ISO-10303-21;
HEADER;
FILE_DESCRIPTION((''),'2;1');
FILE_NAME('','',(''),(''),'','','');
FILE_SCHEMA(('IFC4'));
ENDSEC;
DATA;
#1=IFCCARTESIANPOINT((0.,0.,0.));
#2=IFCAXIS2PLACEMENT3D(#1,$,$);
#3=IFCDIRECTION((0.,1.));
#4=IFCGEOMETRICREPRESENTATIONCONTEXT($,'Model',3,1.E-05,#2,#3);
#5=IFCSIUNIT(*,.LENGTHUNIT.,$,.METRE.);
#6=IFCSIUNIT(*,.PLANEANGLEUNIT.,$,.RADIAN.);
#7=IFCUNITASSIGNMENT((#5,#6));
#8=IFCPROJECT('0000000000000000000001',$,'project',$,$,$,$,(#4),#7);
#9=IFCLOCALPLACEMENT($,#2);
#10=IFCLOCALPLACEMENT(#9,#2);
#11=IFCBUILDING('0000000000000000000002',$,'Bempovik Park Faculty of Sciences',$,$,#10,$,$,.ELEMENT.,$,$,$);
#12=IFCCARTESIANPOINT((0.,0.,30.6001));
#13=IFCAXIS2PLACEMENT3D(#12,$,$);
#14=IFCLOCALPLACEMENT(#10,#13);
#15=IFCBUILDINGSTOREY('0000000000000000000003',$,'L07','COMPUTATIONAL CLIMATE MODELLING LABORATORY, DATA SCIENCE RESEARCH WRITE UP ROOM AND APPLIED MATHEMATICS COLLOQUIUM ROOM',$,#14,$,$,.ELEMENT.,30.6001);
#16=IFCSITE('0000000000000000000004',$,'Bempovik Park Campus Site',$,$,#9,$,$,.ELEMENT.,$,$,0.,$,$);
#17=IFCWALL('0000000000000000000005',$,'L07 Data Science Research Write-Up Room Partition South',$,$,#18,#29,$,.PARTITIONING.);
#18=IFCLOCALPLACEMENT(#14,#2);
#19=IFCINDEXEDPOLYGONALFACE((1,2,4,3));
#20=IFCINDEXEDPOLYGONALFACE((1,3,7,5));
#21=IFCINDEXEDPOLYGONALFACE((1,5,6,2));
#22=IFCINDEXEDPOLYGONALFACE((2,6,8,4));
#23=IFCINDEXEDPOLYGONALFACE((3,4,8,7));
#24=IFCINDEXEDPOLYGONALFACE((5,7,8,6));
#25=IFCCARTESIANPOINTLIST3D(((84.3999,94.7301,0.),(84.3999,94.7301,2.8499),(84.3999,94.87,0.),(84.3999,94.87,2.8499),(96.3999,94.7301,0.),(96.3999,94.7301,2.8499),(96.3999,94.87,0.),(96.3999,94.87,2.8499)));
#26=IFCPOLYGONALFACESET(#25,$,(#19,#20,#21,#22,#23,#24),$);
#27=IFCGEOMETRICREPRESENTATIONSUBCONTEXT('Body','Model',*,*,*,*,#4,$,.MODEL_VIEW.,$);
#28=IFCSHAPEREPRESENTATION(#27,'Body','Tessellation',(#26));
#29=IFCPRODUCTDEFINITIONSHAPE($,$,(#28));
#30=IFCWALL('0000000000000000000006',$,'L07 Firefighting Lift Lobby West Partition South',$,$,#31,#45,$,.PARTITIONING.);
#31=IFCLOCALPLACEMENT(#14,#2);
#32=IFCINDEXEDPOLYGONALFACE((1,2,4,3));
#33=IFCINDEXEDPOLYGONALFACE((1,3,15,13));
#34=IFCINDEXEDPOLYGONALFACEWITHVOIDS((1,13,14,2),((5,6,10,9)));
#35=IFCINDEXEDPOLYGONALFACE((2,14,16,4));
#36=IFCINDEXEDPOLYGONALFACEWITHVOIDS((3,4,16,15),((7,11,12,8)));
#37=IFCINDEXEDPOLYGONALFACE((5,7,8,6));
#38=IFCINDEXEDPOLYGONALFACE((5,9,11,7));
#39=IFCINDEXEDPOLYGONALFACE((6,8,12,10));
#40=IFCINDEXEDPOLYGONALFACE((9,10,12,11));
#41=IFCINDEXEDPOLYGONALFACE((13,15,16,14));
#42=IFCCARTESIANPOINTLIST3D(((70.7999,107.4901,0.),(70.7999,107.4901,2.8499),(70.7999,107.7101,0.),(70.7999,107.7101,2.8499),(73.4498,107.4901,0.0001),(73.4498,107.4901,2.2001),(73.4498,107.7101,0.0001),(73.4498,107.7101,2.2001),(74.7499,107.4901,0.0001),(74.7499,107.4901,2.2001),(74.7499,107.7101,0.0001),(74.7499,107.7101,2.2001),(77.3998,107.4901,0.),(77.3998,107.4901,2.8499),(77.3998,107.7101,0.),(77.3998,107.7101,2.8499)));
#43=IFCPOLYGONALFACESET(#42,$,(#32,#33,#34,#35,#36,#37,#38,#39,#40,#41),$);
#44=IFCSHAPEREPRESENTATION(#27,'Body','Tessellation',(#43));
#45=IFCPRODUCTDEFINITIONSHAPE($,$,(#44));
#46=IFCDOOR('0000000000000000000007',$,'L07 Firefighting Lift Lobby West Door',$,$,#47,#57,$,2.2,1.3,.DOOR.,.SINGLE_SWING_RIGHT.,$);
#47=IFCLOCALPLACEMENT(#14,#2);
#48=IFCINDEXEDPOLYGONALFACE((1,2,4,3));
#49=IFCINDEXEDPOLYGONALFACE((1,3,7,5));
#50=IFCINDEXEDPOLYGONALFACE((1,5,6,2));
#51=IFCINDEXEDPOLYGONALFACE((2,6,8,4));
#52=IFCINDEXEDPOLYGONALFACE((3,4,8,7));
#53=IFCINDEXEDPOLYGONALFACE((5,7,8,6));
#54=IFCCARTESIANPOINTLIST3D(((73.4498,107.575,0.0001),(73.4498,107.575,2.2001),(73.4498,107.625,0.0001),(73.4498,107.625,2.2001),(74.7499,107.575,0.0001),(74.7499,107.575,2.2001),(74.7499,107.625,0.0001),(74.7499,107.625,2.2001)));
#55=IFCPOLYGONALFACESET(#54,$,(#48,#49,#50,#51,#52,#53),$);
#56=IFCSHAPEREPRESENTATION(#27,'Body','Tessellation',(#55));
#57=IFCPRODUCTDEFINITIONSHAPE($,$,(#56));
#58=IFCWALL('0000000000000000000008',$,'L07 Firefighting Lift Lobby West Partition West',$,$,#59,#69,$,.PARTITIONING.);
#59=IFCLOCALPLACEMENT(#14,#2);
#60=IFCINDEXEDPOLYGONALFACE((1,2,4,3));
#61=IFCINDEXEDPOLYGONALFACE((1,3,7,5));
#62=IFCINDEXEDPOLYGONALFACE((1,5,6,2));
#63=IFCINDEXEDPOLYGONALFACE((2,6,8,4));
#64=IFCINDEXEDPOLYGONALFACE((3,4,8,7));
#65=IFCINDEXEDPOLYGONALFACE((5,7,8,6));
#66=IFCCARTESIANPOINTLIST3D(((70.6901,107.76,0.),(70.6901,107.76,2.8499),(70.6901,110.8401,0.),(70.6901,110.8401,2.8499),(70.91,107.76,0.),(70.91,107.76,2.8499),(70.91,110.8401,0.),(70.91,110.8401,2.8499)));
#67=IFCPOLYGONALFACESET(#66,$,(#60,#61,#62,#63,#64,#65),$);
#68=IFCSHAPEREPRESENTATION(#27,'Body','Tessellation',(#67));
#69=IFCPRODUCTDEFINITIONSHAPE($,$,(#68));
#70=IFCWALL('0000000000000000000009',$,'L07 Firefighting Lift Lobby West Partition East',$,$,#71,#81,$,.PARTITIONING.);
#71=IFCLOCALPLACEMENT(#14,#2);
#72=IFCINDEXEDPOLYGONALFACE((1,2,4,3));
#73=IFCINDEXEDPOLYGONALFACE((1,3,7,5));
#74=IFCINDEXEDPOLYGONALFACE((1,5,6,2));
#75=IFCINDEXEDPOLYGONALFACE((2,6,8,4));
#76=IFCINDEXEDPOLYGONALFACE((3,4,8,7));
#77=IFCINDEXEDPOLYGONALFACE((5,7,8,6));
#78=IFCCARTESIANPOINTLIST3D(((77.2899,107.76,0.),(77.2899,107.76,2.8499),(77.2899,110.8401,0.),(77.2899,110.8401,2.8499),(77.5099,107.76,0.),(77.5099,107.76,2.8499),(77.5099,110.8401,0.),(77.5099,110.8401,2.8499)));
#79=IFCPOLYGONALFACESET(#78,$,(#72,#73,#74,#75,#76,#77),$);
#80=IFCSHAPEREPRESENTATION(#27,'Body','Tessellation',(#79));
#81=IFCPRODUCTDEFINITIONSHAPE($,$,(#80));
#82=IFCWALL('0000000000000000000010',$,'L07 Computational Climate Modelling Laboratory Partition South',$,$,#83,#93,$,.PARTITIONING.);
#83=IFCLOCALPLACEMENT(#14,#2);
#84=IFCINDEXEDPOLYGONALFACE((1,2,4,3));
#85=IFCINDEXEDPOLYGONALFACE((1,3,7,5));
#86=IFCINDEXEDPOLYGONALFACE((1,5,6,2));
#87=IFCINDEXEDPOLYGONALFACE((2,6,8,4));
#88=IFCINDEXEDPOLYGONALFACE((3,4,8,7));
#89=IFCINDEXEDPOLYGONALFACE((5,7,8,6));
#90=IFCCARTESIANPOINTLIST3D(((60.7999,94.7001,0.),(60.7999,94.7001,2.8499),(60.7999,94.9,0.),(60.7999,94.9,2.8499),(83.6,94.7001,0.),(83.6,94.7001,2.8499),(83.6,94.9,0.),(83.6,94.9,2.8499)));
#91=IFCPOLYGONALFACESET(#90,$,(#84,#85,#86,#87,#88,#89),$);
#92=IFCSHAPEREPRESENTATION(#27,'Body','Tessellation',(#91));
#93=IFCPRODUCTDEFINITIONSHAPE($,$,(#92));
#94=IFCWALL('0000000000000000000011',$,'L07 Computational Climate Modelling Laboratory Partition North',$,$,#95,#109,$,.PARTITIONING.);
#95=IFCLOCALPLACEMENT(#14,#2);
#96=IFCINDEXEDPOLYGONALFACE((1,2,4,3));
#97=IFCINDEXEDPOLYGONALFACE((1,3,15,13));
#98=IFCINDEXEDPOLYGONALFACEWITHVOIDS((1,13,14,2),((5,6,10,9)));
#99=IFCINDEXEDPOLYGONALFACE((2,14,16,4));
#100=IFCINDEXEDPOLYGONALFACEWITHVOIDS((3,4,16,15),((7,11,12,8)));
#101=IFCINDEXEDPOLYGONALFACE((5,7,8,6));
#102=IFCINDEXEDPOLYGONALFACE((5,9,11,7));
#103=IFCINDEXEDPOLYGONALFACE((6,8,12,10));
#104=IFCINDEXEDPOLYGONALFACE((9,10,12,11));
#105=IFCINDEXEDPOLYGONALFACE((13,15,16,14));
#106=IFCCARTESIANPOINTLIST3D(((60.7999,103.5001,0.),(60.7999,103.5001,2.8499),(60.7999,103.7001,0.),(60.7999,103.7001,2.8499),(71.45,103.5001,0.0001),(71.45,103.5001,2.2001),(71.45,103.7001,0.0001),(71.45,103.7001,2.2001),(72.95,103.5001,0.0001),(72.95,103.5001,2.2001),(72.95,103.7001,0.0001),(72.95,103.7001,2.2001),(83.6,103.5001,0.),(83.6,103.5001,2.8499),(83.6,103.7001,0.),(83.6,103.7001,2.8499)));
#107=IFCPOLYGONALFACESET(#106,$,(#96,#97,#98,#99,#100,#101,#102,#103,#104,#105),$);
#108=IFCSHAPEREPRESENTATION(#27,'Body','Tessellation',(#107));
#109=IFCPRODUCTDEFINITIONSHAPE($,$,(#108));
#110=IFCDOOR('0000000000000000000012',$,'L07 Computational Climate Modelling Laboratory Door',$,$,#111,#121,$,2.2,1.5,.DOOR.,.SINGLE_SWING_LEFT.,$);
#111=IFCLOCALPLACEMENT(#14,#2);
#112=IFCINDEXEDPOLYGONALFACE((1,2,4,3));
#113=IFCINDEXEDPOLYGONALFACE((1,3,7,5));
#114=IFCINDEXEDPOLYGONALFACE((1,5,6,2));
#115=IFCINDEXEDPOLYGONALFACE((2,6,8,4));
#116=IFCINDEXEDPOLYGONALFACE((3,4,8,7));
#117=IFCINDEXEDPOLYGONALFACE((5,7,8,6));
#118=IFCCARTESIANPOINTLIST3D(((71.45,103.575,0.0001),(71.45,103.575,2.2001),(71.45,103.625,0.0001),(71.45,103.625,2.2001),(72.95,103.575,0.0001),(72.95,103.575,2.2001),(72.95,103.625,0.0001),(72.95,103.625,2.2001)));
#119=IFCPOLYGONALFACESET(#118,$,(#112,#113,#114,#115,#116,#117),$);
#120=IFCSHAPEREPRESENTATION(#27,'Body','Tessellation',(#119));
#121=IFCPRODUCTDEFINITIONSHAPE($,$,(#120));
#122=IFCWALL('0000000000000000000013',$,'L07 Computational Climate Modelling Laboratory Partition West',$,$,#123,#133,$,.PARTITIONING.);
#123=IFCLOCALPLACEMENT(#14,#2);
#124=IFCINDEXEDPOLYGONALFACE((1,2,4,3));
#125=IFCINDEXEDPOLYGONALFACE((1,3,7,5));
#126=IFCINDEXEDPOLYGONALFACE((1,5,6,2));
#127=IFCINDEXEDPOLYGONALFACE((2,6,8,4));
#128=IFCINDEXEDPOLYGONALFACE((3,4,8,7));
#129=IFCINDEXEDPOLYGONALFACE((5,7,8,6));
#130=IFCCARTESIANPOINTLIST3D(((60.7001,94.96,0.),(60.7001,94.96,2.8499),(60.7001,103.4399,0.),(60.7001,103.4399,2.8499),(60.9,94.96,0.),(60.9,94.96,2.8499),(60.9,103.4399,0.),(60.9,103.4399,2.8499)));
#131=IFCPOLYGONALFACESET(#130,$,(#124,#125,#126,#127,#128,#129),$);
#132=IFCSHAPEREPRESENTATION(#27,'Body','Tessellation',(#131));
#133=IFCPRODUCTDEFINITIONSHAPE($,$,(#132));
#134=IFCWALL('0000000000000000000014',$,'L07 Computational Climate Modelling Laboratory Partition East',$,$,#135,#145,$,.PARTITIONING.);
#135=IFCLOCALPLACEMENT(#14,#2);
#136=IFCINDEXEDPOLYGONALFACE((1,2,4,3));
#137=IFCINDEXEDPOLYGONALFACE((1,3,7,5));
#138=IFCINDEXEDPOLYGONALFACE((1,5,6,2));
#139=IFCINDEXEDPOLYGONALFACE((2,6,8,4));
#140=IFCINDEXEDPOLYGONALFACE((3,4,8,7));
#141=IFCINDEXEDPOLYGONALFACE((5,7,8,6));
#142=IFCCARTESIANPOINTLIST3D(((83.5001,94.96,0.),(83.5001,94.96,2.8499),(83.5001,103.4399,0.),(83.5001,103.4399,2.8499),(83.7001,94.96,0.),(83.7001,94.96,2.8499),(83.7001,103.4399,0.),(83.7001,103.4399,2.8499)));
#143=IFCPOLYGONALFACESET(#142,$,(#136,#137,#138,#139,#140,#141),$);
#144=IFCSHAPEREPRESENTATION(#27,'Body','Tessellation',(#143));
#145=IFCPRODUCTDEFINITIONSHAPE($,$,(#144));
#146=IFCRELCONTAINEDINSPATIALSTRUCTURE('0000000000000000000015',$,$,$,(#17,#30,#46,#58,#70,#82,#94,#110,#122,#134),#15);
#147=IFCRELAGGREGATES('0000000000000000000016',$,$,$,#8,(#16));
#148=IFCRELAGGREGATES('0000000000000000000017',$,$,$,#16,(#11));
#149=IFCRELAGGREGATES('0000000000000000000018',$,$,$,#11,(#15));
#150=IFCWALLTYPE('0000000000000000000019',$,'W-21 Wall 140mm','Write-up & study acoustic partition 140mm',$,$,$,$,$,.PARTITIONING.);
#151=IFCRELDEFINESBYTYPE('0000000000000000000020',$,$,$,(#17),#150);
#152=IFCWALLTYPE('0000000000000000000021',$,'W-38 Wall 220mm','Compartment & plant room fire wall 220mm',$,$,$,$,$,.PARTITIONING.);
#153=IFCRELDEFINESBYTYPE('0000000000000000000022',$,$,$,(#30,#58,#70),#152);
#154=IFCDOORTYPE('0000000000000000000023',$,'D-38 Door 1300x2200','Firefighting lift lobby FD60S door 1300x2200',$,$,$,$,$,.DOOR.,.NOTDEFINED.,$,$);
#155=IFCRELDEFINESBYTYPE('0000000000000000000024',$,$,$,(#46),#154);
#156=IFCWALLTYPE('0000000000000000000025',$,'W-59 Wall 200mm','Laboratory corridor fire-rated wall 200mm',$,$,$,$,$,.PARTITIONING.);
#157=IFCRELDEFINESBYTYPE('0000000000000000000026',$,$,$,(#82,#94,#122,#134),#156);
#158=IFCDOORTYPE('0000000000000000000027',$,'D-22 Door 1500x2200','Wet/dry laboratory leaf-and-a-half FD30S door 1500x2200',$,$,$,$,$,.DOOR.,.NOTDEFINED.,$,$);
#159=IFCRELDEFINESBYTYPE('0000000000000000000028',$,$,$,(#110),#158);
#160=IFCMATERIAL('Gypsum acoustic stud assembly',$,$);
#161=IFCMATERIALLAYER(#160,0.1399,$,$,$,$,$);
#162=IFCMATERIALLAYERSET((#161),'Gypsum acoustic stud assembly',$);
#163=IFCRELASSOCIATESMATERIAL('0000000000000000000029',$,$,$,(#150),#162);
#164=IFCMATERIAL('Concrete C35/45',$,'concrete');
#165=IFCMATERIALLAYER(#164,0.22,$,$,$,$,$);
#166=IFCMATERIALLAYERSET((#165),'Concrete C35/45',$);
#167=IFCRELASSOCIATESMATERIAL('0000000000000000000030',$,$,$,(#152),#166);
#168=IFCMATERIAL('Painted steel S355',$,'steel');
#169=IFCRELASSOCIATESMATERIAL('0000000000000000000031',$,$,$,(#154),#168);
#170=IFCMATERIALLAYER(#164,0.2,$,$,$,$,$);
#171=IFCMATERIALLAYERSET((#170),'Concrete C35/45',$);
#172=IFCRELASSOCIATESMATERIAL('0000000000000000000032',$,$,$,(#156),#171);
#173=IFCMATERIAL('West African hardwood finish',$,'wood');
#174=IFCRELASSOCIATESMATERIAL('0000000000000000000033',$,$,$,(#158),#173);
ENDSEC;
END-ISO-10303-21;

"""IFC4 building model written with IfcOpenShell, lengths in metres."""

from ifc_helpers import new_model, si_unit, direction, frame, frame_2d, origin, place, context, subcontext, project, spatial, rectangle, extrude, material, layer, layer_set, type_object, element, fill, save


model = new_model("IFC4")

# Units and contexts
model_context = context("Model", 3, precision=1e-05, world=origin(), true_north=direction((0.0, 1.0)))
body_context = subcontext(model_context, "Body", "Model", "MODEL_VIEW")
ifc_project = project(units=[si_unit("LENGTHUNIT", "METRE"), si_unit("PLANEANGLEUNIT", "RADIAN")], contexts=[model_context])

# Site, building, storey
site_placement = place(None, origin())
site = spatial("IfcSite", under=ifc_project, at=site_placement, Name="Bempovik Park Campus Site", CompositionType="ELEMENT", RefElevation=0.0)
building_placement = place(site_placement, origin())
building = spatial("IfcBuilding", under=site, at=building_placement, Name="Bempovik Park Faculty of Sciences", CompositionType="ELEMENT")
storey_placement = place(building_placement, frame((0.0, 0.0, 30.6001)))
storey = spatial("IfcBuildingStorey", under=building, at=storey_placement, Name="L07", Description="COMPUTATIONAL CLIMATE MODELLING LABORATORY, DATA SCIENCE RESEARCH WRITE UP ROOM AND APPLIED MATHEMATICS COLLOQUIUM ROOM", CompositionType="ELEMENT", Elevation=30.6001)

# Shared definitions
ifc_material_1 = material(Name="Concrete C35/45", Category="concrete")

# Wall
ifc_material_2 = material(Name="Gypsum acoustic stud assembly")
ifc_layer_1 = layer(ifc_material_2, 0.1399)
ifc_layer_set_1 = layer_set([ifc_layer_1], Name="Gypsum acoustic stud assembly")
wall_type_1 = type_object("IfcWallType", Name="W-21 Wall 140mm", Description="Write-up & study acoustic partition 140mm", PredefinedType="PARTITIONING", material=ifc_layer_set_1)
wall_1_placement = place(storey_placement, frame((84.3999, 94.8, 0.0), z_axis=(0.0, 0.0, 1.0), x_axis=(1.0, 0.0, 0.0)))
element("IfcWall", 1, at=wall_1_placement, inside=storey, type_object=wall_type_1, Name="L07 Data Science Research Write-Up Room Partition South", PredefinedType="PARTITIONING", context=body_context, shape_type="SweptSolid", body=[
    extrude(rectangle(XDim=12.0, YDim=0.1399, at=frame_2d((6.0, 0.0))), origin(), (0.0, 0.0, 1.0), 2.8499),
])

# Wall, opening, door
ifc_layer_2 = layer(ifc_material_1, 0.22)
ifc_layer_set_2 = layer_set([ifc_layer_2], Name="Concrete C35/45")
wall_type_2 = type_object("IfcWallType", Name="W-38 Wall 220mm", Description="Compartment & plant room fire wall 220mm", PredefinedType="PARTITIONING", material=ifc_layer_set_2)
wall_2_placement = place(storey_placement, frame((70.8, 107.6001, 0.0), z_axis=(0.0, 0.0, 1.0), x_axis=(1.0, 0.0, 0.0)))
wall_2 = element("IfcWall", 2, at=wall_2_placement, inside=storey, type_object=wall_type_2, Name="L07 Firefighting Lift Lobby West Partition South", PredefinedType="PARTITIONING", context=body_context, shape_type="SweptSolid", body=[
    extrude(rectangle(XDim=6.5999, YDim=0.22, at=frame_2d((3.2998, 0.0))), origin(), (0.0, 0.0, 1.0), 2.8499),
])
opening_1_placement = place(wall_2_placement, frame((2.6499, 0.0, 0.0)))
opening_1 = element("IfcOpeningElement", 3, at=opening_1_placement, cuts=wall_2, PredefinedType="OPENING", context=body_context, shape_type="SweptSolid", body=[
    extrude(rectangle(XDim=1.3, YDim=2.2, at=frame_2d((0.6499, 1.1001))), frame((0.0, 0.1201, 0.0), z_axis=(0.0, -1.0, 0.0), x_axis=(1.0, 0.0, 0.0)), (0.0, 0.0, 1.0), 0.24),
])
ifc_material_3 = material(Name="Painted steel S355", Category="steel")
door_type_1 = type_object("IfcDoorType", Name="D-38 Door 1300x2200", Description="Firefighting lift lobby FD60S door 1300x2200", OperationType="NOTDEFINED", PredefinedType="DOOR", material=ifc_material_3)
door_1_placement = place(opening_1_placement, origin())
door_1 = element("IfcDoor", 4, at=door_1_placement, inside=storey, type_object=door_type_1, Name="L07 Firefighting Lift Lobby West Door", OperationType="SINGLE_SWING_RIGHT", OverallHeight=2.2, OverallWidth=1.3, PredefinedType="DOOR", context=body_context, shape_type="SweptSolid", body=[
    extrude(rectangle(XDim=1.3, YDim=2.2, at=frame_2d((0.6499, 1.1001))), frame((0.0, 0.0249, 0.0), z_axis=(0.0, -1.0, 0.0), x_axis=(1.0, 0.0, 0.0)), (0.0, 0.0, 1.0), 0.05),
])
fill(opening_1, door_1)

# Walls
for number, where, z_axis, x_axis, name in (
    (5, (70.8, 107.76, 0.0), (0.0, 0.0, 1.0), (0.0, 1.0, 0.0), "L07 Firefighting Lift Lobby West Partition West"),
    (6, (77.3999, 107.76, 0.0), (0.0, 0.0, 1.0), (0.0, 1.0, 0.0), "L07 Firefighting Lift Lobby West Partition East"),
):
    element("IfcWall", number, at=place(storey_placement, frame(where, z_axis=z_axis, x_axis=x_axis)), inside=storey, type_object=wall_type_2, Name=name, PredefinedType="PARTITIONING", context=body_context, shape_type="SweptSolid", body=[
        extrude(rectangle(XDim=3.0801, YDim=0.22, at=frame_2d((1.54, 0.0))), origin(), (0.0, 0.0, 1.0), 2.8499),
    ])
ifc_layer_3 = layer(ifc_material_1, 0.2)
ifc_layer_set_3 = layer_set([ifc_layer_3], Name="Concrete C35/45")
wall_type_3 = type_object("IfcWallType", Name="W-59 Wall 200mm", Description="Laboratory corridor fire-rated wall 200mm", PredefinedType="PARTITIONING", material=ifc_layer_set_3)
wall_3_placement = place(storey_placement, frame((60.8, 94.8, 0.0), z_axis=(0.0, 0.0, 1.0), x_axis=(1.0, 0.0, 0.0)))
element("IfcWall", 7, at=wall_3_placement, inside=storey, type_object=wall_type_3, Name="L07 Computational Climate Modelling Laboratory Partition South", PredefinedType="PARTITIONING", context=body_context, shape_type="SweptSolid", body=[
    extrude(rectangle(XDim=22.8, YDim=0.2, at=frame_2d((11.3999, 0.0))), origin(), (0.0, 0.0, 1.0), 2.8499),
])

# Wall, opening, door
wall_4_placement = place(storey_placement, frame((60.8, 103.6001, 0.0), z_axis=(0.0, 0.0, 1.0), x_axis=(1.0, 0.0, 0.0)))
wall_4 = element("IfcWall", 8, at=wall_4_placement, inside=storey, type_object=wall_type_3, Name="L07 Computational Climate Modelling Laboratory Partition North", PredefinedType="PARTITIONING", context=body_context, shape_type="SweptSolid", body=[
    extrude(rectangle(XDim=22.8, YDim=0.2, at=frame_2d((11.3999, 0.0))), origin(), (0.0, 0.0, 1.0), 2.8499),
])
opening_2_placement = place(wall_4_placement, frame((10.6499, 0.0, 0.0)))
opening_2 = element("IfcOpeningElement", 9, at=opening_2_placement, cuts=wall_4, PredefinedType="OPENING", context=body_context, shape_type="SweptSolid", body=[
    extrude(rectangle(XDim=1.5, YDim=2.2, at=frame_2d((0.75, 1.1001))), frame((0.0, 0.1099, 0.0), z_axis=(0.0, -1.0, 0.0), x_axis=(1.0, 0.0, 0.0)), (0.0, 0.0, 1.0), 0.22),
])
ifc_material_4 = material(Name="West African hardwood finish", Category="wood")
door_type_2 = type_object("IfcDoorType", Name="D-22 Door 1500x2200", Description="Wet/dry laboratory leaf-and-a-half FD30S door 1500x2200", OperationType="NOTDEFINED", PredefinedType="DOOR", material=ifc_material_4)
door_2_placement = place(opening_2_placement, origin())
door_2 = element("IfcDoor", 10, at=door_2_placement, inside=storey, type_object=door_type_2, Name="L07 Computational Climate Modelling Laboratory Door", OperationType="SINGLE_SWING_LEFT", OverallHeight=2.2, OverallWidth=1.5, PredefinedType="DOOR", context=body_context, shape_type="SweptSolid", body=[
    extrude(rectangle(XDim=1.5, YDim=2.2, at=frame_2d((0.75, 1.1001))), frame((0.0, 0.0249, 0.0), z_axis=(0.0, -1.0, 0.0), x_axis=(1.0, 0.0, 0.0)), (0.0, 0.0, 1.0), 0.05),
])
fill(opening_2, door_2)

# Walls
for number, where, z_axis, x_axis, name in (
    (11, (60.8, 94.96, 0.0), (0.0, 0.0, 1.0), (0.0, 1.0, 0.0), "L07 Computational Climate Modelling Laboratory Partition West"),
    (12, (83.6001, 94.96, 0.0), (0.0, 0.0, 1.0), (0.0, 1.0, 0.0), "L07 Computational Climate Modelling Laboratory Partition East"),
):
    element("IfcWall", number, at=place(storey_placement, frame(where, z_axis=z_axis, x_axis=x_axis)), inside=storey, type_object=wall_type_3, Name=name, PredefinedType="PARTITIONING", context=body_context, shape_type="SweptSolid", body=[
        extrude(rectangle(XDim=8.48, YDim=0.2, at=frame_2d((4.24, 0.0))), origin(), (0.0, 0.0, 1.0), 2.8499),
    ])

save(model, "model.ifc")
